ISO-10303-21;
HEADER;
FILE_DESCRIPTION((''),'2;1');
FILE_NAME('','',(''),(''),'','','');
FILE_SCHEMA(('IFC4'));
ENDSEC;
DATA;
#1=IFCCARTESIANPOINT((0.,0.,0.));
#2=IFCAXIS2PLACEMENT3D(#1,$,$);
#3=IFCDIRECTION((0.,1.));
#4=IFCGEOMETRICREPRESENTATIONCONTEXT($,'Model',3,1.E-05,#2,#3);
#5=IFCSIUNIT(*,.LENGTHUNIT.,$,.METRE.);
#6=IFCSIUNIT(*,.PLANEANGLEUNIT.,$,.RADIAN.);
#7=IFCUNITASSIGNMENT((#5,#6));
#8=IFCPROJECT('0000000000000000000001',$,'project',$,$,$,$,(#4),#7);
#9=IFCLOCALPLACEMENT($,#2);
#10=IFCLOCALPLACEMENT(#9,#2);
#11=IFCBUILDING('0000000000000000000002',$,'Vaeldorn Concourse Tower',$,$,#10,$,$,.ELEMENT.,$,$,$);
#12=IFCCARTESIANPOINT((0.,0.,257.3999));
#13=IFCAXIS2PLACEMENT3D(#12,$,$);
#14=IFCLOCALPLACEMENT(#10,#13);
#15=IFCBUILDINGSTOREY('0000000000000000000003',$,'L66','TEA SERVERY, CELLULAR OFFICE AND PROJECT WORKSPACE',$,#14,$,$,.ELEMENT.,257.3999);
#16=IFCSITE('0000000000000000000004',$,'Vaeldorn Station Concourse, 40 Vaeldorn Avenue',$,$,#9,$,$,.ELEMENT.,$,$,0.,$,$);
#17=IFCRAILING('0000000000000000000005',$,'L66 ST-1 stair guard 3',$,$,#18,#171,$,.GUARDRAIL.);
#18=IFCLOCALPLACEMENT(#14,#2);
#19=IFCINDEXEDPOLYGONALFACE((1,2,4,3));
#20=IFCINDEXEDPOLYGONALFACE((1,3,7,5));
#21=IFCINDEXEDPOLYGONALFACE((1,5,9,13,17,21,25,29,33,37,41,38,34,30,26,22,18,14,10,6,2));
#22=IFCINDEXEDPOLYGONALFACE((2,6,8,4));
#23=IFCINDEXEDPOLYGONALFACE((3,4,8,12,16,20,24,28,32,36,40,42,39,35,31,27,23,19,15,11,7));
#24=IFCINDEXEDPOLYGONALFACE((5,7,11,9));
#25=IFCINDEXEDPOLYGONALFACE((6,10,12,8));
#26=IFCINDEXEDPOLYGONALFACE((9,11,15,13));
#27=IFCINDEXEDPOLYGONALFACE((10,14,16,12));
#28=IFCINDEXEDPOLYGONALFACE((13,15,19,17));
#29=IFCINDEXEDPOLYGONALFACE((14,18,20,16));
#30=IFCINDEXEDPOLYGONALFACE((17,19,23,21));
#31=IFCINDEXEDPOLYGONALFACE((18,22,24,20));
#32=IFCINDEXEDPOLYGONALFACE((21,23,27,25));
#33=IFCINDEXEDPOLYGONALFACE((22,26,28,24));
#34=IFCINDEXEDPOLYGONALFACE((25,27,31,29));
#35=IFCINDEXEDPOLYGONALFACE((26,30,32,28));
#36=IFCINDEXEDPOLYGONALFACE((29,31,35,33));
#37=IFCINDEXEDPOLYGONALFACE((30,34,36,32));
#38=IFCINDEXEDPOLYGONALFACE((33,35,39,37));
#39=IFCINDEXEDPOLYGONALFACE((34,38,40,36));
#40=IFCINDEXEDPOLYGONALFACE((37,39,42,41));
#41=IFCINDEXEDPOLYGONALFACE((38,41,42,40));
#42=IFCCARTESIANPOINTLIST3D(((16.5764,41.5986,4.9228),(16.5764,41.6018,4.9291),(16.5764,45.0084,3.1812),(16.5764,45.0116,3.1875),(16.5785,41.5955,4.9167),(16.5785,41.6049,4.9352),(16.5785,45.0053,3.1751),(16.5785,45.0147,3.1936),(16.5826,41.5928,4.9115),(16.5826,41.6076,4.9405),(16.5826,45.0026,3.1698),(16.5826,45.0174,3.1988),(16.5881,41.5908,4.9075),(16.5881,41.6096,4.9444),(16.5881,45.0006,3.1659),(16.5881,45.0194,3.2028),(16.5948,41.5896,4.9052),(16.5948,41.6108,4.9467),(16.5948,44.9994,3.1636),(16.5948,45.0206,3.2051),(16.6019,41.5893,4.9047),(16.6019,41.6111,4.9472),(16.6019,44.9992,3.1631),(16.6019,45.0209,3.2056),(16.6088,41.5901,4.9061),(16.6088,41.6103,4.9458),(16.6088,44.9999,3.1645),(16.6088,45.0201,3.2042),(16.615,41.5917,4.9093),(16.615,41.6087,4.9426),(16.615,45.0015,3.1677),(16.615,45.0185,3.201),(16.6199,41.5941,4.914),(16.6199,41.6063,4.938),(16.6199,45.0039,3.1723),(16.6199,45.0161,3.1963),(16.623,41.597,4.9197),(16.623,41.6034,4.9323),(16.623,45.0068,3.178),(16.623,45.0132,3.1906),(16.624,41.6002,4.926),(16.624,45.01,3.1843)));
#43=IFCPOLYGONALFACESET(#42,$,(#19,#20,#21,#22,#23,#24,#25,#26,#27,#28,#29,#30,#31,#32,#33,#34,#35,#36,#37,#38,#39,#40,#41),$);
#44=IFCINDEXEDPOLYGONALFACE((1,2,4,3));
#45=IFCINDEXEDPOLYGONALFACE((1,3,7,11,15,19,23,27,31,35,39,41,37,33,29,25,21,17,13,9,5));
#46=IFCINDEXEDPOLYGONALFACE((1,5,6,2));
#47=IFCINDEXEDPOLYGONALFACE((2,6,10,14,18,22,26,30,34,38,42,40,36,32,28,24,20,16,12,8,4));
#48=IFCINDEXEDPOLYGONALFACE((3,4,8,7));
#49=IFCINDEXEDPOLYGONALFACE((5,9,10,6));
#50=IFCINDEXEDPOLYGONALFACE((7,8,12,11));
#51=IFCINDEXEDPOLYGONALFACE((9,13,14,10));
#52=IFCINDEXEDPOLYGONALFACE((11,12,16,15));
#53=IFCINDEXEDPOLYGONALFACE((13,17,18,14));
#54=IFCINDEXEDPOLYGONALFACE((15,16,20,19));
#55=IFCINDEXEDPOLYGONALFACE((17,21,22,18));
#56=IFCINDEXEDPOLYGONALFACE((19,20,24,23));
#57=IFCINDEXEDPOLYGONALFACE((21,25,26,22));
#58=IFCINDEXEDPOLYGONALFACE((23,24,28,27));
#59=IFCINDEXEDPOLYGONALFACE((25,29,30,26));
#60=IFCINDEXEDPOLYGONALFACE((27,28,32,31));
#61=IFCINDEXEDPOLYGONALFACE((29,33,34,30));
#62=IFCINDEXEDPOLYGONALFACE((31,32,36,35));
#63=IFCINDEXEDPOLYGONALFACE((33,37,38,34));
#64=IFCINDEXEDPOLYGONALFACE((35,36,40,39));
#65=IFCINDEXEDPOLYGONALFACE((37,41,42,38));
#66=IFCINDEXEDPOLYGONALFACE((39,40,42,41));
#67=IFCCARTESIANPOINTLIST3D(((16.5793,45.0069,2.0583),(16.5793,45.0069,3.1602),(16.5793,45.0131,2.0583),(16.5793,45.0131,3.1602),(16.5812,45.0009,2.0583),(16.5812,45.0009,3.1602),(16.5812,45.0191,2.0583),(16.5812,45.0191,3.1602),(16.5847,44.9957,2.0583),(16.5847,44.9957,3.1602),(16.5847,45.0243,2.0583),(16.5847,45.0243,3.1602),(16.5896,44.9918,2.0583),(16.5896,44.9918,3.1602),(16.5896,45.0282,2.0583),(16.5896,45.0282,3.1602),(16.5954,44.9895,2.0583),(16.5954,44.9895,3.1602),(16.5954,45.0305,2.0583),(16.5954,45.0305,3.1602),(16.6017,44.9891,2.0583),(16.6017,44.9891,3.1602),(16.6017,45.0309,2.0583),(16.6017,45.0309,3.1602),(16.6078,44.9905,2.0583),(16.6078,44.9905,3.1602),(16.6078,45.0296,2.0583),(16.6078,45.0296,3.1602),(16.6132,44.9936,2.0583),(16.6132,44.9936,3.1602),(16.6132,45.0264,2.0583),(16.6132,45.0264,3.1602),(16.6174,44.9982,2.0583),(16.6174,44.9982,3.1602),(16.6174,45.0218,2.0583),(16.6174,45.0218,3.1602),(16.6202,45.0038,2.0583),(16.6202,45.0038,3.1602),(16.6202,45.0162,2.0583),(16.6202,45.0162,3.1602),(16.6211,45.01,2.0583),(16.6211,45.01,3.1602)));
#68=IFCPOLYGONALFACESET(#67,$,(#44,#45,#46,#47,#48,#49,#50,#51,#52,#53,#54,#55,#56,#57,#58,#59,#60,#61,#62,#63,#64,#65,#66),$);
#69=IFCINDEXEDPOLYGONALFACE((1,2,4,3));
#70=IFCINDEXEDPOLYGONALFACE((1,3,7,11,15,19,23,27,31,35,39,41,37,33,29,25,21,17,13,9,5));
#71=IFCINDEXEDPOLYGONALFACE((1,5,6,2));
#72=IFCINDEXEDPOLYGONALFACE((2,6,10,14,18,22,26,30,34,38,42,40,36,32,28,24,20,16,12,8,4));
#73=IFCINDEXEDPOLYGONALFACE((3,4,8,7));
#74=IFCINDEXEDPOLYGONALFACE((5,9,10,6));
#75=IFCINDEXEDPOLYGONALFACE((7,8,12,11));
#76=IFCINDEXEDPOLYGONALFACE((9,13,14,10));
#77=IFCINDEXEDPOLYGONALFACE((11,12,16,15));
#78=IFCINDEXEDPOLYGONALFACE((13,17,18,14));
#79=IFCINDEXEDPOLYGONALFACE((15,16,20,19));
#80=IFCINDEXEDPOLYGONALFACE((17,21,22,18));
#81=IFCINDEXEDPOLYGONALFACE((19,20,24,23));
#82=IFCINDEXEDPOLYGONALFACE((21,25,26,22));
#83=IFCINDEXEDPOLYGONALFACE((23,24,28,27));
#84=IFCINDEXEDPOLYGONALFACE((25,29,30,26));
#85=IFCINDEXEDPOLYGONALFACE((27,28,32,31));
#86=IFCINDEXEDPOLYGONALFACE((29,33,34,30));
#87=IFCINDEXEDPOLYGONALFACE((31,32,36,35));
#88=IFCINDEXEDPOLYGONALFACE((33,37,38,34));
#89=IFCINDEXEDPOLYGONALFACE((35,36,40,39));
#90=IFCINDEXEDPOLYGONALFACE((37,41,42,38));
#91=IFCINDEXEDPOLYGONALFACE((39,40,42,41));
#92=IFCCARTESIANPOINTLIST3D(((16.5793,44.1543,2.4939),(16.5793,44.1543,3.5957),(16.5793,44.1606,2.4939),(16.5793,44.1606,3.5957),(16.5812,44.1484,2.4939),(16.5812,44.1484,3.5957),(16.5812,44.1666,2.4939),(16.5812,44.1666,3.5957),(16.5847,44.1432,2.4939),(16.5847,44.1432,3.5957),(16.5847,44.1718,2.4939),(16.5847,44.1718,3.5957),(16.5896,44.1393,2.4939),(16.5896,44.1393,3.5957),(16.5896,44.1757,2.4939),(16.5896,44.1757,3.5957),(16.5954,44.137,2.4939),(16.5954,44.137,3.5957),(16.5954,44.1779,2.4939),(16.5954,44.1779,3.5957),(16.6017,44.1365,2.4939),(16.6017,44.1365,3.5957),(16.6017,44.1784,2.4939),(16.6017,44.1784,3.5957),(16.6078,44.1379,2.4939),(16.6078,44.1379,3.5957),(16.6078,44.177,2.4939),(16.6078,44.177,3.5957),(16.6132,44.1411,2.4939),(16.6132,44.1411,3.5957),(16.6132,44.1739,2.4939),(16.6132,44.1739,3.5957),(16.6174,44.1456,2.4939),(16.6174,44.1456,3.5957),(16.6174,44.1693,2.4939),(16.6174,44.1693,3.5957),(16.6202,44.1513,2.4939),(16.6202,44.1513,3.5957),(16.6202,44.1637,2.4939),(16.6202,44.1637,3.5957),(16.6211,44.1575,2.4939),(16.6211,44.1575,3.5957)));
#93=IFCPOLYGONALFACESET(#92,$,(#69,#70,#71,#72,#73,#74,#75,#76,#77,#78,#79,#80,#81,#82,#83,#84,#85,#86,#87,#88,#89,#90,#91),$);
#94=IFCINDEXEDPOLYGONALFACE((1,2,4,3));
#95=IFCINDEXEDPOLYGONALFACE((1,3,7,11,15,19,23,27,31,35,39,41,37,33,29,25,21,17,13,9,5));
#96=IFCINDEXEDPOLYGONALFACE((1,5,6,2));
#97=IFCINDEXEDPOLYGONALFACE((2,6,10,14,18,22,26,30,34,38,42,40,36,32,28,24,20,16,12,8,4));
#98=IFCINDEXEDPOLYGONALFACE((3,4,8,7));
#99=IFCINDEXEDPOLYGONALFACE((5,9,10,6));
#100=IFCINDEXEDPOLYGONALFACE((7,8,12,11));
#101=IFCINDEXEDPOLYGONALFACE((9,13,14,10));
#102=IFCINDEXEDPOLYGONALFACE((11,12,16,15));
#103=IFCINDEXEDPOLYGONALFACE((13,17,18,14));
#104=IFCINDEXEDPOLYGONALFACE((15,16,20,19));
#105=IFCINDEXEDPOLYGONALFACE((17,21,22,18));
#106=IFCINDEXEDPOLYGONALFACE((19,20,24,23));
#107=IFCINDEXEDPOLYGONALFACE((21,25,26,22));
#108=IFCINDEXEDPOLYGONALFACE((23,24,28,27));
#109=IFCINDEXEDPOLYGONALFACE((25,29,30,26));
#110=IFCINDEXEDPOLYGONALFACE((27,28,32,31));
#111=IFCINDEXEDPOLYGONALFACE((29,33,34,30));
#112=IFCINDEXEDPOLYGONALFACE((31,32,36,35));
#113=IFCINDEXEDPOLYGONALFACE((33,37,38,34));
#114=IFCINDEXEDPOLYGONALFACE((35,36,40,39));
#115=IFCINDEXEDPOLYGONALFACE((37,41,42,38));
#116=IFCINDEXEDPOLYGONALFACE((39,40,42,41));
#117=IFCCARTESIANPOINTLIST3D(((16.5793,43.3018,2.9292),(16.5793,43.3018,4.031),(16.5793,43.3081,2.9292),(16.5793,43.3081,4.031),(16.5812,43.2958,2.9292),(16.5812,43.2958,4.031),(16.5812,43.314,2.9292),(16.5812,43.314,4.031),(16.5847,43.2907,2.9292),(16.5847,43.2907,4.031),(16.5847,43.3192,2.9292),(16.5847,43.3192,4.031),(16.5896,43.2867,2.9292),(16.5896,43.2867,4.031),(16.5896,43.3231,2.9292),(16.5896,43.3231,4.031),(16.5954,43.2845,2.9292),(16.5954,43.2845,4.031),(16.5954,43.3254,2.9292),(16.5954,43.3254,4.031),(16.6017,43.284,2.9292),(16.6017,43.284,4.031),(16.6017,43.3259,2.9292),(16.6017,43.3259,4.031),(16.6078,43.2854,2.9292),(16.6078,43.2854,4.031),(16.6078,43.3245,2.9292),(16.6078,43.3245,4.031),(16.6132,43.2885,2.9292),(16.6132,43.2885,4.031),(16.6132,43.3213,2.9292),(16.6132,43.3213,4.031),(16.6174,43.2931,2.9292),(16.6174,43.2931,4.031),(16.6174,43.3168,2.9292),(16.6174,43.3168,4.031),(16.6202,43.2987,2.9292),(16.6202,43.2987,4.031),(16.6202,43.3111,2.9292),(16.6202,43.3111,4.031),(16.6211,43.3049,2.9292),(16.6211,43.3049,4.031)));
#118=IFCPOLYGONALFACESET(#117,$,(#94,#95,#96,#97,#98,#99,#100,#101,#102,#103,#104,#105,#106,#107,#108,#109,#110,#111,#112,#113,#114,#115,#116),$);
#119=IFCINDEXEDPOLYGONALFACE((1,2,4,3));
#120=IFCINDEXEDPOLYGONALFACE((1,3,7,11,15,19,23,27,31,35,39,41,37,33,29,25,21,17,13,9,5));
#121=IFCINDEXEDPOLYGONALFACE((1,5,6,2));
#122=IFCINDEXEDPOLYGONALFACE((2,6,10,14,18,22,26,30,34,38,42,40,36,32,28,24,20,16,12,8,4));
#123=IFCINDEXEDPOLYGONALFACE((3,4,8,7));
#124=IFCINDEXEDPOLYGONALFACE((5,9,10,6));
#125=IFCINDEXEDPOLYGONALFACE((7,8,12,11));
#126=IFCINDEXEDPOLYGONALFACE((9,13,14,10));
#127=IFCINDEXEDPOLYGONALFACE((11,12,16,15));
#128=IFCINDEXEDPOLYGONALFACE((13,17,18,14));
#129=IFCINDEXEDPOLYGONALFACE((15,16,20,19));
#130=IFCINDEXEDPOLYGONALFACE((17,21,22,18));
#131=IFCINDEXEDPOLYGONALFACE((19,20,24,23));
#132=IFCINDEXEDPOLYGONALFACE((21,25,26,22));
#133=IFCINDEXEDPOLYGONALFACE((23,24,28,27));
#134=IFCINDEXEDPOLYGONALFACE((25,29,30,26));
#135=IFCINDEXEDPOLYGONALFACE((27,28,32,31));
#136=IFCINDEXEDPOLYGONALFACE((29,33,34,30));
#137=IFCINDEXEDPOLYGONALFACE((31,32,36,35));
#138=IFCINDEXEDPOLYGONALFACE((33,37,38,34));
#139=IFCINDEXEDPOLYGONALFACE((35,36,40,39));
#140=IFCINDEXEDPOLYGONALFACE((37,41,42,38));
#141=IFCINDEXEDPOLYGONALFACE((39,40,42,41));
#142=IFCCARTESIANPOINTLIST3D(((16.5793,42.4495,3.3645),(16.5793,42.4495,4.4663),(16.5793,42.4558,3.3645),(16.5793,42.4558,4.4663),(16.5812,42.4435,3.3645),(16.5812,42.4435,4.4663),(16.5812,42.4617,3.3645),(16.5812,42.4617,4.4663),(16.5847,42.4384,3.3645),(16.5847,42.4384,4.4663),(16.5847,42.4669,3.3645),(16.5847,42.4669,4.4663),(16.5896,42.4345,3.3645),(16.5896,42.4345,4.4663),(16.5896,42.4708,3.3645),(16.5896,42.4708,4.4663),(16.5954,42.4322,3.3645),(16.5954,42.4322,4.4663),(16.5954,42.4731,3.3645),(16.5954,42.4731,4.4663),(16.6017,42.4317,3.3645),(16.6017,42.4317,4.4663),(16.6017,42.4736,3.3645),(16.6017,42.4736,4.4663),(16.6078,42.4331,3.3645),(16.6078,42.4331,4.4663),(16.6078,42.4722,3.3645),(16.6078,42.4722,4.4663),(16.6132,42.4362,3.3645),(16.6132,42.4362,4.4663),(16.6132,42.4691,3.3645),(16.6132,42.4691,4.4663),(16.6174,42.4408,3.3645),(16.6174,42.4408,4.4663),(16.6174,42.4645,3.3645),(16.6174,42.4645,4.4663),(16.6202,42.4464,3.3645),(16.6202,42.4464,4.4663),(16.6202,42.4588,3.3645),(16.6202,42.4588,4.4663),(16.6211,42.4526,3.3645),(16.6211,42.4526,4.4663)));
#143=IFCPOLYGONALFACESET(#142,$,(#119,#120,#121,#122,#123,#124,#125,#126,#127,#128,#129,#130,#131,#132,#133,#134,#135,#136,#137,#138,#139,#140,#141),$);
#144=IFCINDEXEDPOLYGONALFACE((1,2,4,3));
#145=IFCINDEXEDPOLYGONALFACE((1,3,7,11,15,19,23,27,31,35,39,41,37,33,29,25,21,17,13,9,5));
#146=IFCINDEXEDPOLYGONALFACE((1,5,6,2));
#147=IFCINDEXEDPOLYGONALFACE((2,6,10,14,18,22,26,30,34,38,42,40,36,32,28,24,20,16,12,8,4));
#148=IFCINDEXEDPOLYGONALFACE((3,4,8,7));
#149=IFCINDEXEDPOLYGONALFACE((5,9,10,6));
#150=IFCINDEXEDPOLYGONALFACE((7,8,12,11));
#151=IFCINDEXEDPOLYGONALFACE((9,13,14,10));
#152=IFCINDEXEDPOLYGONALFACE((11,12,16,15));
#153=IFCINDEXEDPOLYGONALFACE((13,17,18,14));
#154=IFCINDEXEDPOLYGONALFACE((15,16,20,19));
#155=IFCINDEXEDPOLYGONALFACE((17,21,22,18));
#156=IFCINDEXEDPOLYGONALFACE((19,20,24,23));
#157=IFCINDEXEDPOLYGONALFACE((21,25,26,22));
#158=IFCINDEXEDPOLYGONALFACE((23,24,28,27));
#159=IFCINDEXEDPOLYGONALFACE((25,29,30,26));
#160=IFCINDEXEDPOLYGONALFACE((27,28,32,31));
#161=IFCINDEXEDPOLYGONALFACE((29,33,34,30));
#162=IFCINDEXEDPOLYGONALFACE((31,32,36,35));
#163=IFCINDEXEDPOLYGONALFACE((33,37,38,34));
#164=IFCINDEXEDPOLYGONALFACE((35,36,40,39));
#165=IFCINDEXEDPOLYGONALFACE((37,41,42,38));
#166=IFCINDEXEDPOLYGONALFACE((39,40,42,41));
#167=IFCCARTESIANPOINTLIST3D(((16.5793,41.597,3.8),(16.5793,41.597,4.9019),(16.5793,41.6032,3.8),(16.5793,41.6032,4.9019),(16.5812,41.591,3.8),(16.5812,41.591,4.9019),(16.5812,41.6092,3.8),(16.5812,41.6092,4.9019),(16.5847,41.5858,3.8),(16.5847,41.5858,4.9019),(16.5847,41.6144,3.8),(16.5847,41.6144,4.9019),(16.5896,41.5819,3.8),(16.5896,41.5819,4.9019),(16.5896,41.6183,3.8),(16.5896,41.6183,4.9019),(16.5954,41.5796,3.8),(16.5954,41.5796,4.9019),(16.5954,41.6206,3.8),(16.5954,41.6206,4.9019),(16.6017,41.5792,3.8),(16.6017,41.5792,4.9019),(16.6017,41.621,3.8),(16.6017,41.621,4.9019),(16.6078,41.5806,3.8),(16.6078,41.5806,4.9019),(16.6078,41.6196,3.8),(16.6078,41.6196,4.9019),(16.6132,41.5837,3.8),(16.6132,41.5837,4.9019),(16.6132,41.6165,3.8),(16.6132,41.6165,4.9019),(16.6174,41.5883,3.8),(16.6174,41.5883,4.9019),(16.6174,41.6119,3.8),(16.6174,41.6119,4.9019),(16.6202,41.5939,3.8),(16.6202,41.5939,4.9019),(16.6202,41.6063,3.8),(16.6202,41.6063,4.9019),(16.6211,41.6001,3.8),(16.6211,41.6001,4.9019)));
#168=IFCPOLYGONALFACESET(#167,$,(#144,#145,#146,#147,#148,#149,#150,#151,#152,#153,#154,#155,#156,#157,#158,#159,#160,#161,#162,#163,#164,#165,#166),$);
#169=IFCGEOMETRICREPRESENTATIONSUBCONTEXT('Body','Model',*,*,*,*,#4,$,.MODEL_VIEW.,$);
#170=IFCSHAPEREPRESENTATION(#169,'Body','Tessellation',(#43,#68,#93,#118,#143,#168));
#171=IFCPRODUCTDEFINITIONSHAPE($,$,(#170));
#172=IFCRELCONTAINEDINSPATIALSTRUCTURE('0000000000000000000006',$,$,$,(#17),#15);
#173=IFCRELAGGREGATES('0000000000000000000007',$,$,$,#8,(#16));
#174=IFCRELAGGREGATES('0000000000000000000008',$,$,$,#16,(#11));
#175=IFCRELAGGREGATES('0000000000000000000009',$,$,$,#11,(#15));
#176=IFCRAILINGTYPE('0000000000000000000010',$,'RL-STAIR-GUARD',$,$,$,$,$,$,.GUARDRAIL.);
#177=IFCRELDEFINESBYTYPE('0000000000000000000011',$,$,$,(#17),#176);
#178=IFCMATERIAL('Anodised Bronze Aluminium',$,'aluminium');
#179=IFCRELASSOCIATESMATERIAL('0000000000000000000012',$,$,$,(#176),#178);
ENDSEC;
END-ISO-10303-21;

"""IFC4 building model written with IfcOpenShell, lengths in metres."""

from ifc_helpers import new_model, si_unit, direction, frame, origin, origin_2d, place, context, subcontext, project, spatial, circle, extrude, material, type_object, element, save


model = new_model("IFC4")

# Units and contexts
model_context = context("Model", 3, precision=1e-05, world=origin(), true_north=direction((0.0, 1.0)))
body_context = subcontext(model_context, "Body", "Model", "MODEL_VIEW")
ifc_project = project(units=[si_unit("LENGTHUNIT", "METRE"), si_unit("PLANEANGLEUNIT", "RADIAN")], contexts=[model_context])

# Site, building, storey
site_placement = place(None, origin())
site = spatial("IfcSite", under=ifc_project, at=site_placement, Name="Vaeldorn Station Concourse, 40 Vaeldorn Avenue", CompositionType="ELEMENT", RefElevation=0.0)
building_placement = place(site_placement, origin())
building = spatial("IfcBuilding", under=site, at=building_placement, Name="Vaeldorn Concourse Tower", CompositionType="ELEMENT")
storey_placement = place(building_placement, frame((0.0, 0.0, 257.3999)))
storey = spatial("IfcBuildingStorey", under=building, at=storey_placement, Name="L66", Description="TEA SERVERY, CELLULAR OFFICE AND PROJECT WORKSPACE", CompositionType="ELEMENT", Elevation=257.3999)

# Shared definitions
ifc_material_1 = material(Name="Anodised Bronze Aluminium", Category="aluminium")

# Railing
railing_type_1 = type_object("IfcRailingType", Name="RL-STAIR-GUARD", PredefinedType="GUARDRAIL", material=ifc_material_1)
railing_1_placement = place(storey_placement, frame((16.6001, 45.01, 2.0583)))
element("IfcRailing", 1, at=railing_1_placement, inside=storey, type_object=railing_type_1, Name="L66 ST-1 stair guard 3", PredefinedType="GUARDRAIL", context=body_context, shape_type="SweptSolid", body=[
    extrude(circle(Radius=0.0239, at=origin_2d()), frame((0.0, 0.0, 1.126), z_axis=(0.0, -0.890556, 0.454874), x_axis=(1.0, 0.0, 0.0)), (0.0, 0.0, 1.0), 3.8289),
    extrude(circle(Radius=0.021, at=origin_2d()), origin(), (0.0, 0.0, 1.0), 1.1018),
    extrude(circle(Radius=0.021, at=origin_2d()), frame((0.0, -0.8525, 0.4355)), (0.0, 0.0, 1.0), 1.1018),
    extrude(circle(Radius=0.021, at=origin_2d()), frame((0.0, -1.7051, 0.8708)), (0.0, 0.0, 1.0), 1.1018),
    extrude(circle(Radius=0.021, at=origin_2d()), frame((0.0, -2.5574, 1.3062)), (0.0, 0.0, 1.0), 1.1018),
    extrude(circle(Radius=0.021, at=origin_2d()), frame((0.0, -3.4099, 1.7417)), (0.0, 0.0, 1.0), 1.1018),
])

save(model, "model.ifc")
